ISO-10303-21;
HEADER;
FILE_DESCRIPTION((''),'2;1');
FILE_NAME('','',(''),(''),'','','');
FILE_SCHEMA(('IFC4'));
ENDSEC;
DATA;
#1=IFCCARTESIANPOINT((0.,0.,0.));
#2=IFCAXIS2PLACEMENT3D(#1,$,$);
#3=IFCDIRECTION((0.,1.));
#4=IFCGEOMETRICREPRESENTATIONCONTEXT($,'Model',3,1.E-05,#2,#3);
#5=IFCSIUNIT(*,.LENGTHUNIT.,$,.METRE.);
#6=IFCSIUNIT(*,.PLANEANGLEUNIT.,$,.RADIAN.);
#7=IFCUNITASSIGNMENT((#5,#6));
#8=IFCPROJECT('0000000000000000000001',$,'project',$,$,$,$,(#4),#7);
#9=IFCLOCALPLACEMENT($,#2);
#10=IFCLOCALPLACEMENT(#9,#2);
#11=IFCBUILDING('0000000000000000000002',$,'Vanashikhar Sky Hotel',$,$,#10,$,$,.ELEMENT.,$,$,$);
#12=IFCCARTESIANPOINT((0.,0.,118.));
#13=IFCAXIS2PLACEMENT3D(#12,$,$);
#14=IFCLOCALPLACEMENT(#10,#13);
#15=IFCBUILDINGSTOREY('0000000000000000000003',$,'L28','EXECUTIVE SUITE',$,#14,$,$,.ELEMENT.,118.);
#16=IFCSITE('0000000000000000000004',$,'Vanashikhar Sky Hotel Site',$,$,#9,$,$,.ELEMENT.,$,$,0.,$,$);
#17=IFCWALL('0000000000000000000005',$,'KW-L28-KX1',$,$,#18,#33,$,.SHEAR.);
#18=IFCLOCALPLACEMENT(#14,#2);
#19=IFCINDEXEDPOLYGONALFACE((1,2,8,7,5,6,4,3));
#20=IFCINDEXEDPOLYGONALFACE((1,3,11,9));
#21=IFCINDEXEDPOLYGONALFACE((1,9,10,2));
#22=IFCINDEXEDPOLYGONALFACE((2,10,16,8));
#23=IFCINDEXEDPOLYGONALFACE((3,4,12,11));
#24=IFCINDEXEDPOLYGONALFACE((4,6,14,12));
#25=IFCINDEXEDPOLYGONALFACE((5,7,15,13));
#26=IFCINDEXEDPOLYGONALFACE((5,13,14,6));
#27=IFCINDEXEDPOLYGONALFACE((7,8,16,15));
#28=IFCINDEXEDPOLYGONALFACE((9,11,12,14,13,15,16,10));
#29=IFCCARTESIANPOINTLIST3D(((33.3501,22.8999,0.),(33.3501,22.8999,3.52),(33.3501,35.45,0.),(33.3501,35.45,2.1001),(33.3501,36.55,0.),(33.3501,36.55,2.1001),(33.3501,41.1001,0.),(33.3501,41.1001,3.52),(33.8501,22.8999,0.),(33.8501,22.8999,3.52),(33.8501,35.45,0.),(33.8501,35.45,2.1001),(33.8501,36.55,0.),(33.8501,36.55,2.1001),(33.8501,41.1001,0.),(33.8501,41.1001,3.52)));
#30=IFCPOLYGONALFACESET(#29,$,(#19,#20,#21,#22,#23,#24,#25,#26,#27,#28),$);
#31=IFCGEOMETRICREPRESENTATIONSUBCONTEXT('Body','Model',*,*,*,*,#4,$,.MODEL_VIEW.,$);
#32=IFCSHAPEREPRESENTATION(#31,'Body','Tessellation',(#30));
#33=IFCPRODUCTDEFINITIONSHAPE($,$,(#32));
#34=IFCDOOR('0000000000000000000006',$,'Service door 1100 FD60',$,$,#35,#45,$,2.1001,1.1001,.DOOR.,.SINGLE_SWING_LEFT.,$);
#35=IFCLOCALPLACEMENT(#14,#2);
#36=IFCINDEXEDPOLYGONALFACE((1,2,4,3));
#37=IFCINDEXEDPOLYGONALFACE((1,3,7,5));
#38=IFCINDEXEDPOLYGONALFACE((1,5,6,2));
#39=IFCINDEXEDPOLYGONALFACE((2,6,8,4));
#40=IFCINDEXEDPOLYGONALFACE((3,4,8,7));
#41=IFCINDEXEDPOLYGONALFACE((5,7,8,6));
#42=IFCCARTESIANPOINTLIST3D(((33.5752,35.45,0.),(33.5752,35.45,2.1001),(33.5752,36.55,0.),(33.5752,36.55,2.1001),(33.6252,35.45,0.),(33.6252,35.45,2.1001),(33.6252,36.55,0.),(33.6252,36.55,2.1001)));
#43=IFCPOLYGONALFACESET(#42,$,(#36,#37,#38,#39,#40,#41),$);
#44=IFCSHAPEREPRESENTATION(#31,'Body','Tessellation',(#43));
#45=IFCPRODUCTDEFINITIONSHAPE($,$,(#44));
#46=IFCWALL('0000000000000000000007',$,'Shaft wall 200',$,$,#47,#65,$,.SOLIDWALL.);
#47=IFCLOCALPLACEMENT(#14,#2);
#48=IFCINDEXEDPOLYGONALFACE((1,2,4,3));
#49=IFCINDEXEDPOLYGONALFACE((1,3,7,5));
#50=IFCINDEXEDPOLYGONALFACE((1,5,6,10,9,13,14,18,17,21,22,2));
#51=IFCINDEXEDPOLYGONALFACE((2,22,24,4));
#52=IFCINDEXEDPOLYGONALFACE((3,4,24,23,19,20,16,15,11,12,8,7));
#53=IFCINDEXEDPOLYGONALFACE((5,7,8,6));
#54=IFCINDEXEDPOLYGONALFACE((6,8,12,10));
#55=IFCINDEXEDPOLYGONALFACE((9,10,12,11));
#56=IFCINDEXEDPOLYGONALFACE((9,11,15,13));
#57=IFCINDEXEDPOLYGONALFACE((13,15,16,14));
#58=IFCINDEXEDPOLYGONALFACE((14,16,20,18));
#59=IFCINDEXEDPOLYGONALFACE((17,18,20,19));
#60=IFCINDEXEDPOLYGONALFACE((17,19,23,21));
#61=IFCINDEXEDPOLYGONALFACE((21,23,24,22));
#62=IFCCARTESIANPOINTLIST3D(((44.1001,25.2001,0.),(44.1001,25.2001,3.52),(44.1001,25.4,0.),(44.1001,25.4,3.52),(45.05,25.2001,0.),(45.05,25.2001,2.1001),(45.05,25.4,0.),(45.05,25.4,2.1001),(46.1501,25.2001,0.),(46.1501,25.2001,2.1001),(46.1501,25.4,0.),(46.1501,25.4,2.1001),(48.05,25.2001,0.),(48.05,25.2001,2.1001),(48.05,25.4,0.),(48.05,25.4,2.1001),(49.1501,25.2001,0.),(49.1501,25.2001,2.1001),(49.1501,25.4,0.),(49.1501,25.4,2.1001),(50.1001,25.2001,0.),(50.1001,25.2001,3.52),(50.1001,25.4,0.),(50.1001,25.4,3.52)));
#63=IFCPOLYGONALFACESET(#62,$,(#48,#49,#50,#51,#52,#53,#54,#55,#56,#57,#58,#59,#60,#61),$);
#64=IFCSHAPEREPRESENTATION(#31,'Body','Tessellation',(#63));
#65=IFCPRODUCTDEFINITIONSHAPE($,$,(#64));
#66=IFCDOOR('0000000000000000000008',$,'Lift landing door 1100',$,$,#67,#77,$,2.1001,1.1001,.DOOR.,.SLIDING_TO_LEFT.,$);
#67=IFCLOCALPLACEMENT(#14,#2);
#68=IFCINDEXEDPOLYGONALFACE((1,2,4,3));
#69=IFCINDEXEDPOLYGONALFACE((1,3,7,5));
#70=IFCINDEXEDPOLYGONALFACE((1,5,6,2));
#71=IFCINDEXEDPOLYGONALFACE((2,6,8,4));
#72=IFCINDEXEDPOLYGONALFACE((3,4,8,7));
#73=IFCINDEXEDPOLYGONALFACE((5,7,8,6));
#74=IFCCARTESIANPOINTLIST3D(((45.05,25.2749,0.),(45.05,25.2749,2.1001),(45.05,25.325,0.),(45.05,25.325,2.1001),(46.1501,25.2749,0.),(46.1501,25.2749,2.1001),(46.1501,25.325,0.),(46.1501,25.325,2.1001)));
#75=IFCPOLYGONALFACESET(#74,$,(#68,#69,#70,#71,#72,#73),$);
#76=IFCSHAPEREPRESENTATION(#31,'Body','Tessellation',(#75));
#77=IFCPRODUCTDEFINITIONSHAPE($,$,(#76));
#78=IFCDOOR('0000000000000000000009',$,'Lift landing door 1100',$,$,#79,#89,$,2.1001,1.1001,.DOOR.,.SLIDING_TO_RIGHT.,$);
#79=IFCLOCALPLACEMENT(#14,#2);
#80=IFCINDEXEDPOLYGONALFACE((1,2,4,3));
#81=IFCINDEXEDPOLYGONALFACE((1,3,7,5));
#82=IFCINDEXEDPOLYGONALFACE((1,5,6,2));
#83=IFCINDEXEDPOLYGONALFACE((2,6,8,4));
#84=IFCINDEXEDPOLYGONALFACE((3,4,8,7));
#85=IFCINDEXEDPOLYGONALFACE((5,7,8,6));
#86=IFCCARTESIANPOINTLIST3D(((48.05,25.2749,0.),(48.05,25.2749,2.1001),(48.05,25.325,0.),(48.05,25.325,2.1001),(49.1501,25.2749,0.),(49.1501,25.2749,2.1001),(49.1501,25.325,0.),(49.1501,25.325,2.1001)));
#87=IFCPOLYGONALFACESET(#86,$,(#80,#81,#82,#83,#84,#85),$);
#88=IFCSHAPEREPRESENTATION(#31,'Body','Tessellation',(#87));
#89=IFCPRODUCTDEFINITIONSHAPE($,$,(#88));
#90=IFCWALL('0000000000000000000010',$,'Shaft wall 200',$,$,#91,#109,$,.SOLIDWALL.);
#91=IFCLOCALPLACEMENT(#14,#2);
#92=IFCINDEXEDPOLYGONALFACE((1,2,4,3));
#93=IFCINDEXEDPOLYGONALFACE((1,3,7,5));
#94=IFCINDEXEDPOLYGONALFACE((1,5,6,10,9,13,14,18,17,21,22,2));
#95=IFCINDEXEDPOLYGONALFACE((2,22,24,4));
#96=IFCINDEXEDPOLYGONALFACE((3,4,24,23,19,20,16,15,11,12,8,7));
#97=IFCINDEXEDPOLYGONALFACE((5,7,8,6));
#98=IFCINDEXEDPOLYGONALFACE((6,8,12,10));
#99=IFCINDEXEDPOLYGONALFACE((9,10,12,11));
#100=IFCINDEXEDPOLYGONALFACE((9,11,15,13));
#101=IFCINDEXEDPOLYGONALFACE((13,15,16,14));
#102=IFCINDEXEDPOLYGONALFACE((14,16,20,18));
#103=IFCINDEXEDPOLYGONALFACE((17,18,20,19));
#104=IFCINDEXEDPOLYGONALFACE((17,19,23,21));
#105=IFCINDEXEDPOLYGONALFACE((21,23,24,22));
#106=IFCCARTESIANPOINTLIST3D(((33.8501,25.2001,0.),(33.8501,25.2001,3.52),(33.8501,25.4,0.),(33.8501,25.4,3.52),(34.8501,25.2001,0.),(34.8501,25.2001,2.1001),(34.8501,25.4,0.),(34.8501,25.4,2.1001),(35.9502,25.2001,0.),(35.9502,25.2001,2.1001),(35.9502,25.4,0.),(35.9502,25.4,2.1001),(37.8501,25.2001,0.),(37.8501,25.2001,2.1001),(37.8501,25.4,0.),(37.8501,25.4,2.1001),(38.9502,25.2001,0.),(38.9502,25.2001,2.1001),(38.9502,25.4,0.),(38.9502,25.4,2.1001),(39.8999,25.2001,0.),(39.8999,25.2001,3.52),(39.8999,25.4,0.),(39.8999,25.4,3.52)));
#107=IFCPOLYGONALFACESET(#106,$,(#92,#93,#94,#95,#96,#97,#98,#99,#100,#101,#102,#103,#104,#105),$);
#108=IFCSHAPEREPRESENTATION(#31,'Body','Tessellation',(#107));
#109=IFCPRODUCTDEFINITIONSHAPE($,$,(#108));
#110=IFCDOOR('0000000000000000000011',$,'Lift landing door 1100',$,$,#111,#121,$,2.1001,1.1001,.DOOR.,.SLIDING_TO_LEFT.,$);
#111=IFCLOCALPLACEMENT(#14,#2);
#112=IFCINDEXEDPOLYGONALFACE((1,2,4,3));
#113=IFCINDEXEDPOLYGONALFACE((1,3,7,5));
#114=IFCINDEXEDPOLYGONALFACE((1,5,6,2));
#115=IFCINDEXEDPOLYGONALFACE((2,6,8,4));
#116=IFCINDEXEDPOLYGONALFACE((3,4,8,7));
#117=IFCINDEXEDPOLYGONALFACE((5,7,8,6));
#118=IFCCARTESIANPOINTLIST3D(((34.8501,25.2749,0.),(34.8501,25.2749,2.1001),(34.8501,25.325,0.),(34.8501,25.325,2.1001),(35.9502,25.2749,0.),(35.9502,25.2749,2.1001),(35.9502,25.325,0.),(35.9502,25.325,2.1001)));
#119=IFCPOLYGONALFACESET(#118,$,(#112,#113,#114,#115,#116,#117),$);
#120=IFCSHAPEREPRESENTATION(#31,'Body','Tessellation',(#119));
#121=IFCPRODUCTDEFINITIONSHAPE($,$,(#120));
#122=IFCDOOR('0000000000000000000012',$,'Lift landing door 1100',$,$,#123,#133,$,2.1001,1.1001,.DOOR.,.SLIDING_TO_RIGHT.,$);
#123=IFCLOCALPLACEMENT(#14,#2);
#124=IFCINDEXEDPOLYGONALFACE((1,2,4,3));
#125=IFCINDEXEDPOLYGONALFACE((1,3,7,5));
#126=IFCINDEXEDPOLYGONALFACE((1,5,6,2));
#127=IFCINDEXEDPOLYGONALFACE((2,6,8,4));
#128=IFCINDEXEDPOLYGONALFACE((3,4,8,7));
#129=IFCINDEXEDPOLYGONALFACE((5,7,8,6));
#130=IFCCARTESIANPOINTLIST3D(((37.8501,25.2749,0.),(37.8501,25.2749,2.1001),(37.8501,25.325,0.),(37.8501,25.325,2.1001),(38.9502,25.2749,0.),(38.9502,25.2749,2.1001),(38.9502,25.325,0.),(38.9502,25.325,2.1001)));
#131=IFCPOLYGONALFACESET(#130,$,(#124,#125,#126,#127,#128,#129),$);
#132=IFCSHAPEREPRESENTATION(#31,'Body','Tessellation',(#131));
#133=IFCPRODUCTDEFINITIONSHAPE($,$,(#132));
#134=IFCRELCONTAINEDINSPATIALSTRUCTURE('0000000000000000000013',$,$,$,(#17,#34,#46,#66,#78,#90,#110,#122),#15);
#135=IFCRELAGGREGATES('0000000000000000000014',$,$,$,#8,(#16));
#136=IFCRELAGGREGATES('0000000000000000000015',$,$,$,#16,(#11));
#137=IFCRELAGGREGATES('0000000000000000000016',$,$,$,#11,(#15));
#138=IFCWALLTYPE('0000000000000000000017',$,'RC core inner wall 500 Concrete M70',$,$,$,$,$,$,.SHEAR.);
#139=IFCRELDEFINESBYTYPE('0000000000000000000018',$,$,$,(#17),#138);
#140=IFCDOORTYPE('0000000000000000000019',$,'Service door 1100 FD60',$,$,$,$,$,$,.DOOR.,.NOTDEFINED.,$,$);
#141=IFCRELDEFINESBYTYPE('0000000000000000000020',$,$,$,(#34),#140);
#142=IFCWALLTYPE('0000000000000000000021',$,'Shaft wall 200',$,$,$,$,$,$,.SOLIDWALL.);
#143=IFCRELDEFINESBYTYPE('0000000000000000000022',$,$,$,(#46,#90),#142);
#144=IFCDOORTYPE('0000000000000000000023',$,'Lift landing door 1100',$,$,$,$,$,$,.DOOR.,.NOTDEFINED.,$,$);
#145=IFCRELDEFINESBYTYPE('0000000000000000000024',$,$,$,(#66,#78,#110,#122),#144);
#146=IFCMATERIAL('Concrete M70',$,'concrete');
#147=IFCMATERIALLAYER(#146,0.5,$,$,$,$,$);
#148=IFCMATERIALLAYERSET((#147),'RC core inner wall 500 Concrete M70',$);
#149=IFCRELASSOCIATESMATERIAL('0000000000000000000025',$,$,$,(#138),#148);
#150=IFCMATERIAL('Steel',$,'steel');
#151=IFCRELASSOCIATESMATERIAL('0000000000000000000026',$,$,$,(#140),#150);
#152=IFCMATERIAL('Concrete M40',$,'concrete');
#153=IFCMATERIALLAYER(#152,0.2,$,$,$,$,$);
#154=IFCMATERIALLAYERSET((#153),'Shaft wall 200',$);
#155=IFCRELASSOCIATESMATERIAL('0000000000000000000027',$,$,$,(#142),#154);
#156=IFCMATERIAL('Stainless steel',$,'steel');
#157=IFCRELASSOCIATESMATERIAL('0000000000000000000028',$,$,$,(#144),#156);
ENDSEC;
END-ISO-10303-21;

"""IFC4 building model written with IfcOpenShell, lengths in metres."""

from ifc_helpers import new_model, si_unit, direction, frame, frame_2d, origin, place, context, subcontext, project, spatial, rectangle, extrude, source, transform, mapped, material, layer, layer_set, type_object, element, fill, save


model = new_model("IFC4")

# Units and contexts
model_context = context("Model", 3, precision=1e-05, world=origin(), true_north=direction((0.0, 1.0)))
body_context = subcontext(model_context, "Body", "Model", "MODEL_VIEW")
ifc_project = project(units=[si_unit("LENGTHUNIT", "METRE"), si_unit("PLANEANGLEUNIT", "RADIAN")], contexts=[model_context])

# Site, building, storey
site_placement = place(None, origin())
site = spatial("IfcSite", under=ifc_project, at=site_placement, Name="Vanashikhar Sky Hotel Site", CompositionType="ELEMENT", RefElevation=0.0)
building_placement = place(site_placement, origin())
building = spatial("IfcBuilding", under=site, at=building_placement, Name="Vanashikhar Sky Hotel", CompositionType="ELEMENT")
storey_placement = place(building_placement, frame((0.0, 0.0, 118.0)))
storey = spatial("IfcBuildingStorey", under=building, at=storey_placement, Name="L28", Description="EXECUTIVE SUITE", CompositionType="ELEMENT", Elevation=118.0)

# Wall, opening, door
ifc_material_1 = material(Name="Concrete M70", Category="concrete")
ifc_layer_1 = layer(ifc_material_1, 0.5)
ifc_layer_set_1 = layer_set([ifc_layer_1], Name="RC core inner wall 500 Concrete M70")
wall_type_1 = type_object("IfcWallType", Name="RC core inner wall 500 Concrete M70", PredefinedType="SHEAR", material=ifc_layer_set_1)
shared_shape_1 = source(origin(), body_context, "Body", "SweptSolid", [
    extrude(rectangle(XDim=18.2002, YDim=0.5, at=frame_2d((9.1001, 0.0))), origin(), (0.0, 0.0, 1.0), 3.52),
])
wall_1_placement = place(storey_placement, frame((33.6001, 22.8999, 0.0), z_axis=(0.0, 0.0, 1.0), x_axis=(0.0, 1.0, 0.0)))
wall_1 = element("IfcWall", 1, at=wall_1_placement, inside=storey, type_object=wall_type_1, Name="KW-L28-KX1", PredefinedType="SHEAR", context=body_context, shape_type="MappedRepresentation", body=[
    mapped(shared_shape_1, transform((0.0, 0.0, 0.0), scale=1.0)),
])
shared_shape_2 = source(origin(), body_context, "Body", "SweptSolid", [
    extrude(rectangle(XDim=1.1001, YDim=2.1001, at=frame_2d((0.55, 1.05))), frame((0.0, 0.26, 0.0), z_axis=(0.0, -1.0, 0.0), x_axis=(1.0, 0.0, 0.0)), (0.0, 0.0, 1.0), 0.52),
])
opening_1_placement = place(wall_1_placement, frame((12.55, 0.0, 0.0)))
opening_1 = element("IfcOpeningElement", 2, at=opening_1_placement, cuts=wall_1, PredefinedType="OPENING", context=body_context, shape_type="MappedRepresentation", body=[
    mapped(shared_shape_2, transform((0.0, 0.0, 0.0), scale=1.0)),
])
ifc_material_2 = material(Name="Steel", Category="steel")
door_type_1 = type_object("IfcDoorType", Name="Service door 1100 FD60", OperationType="NOTDEFINED", PredefinedType="DOOR", material=ifc_material_2)
shared_shape_3 = source(origin(), body_context, "Body", "SweptSolid", [
    extrude(rectangle(XDim=1.1001, YDim=2.1001, at=frame_2d((0.55, 1.05))), frame((0.0, 0.0249, 0.0), z_axis=(0.0, -1.0, 0.0), x_axis=(1.0, 0.0, 0.0)), (0.0, 0.0, 1.0), 0.05),
])
door_1_placement = place(opening_1_placement, origin())
door_1 = element("IfcDoor", 3, at=door_1_placement, inside=storey, type_object=door_type_1, Name="Service door 1100 FD60", OperationType="SINGLE_SWING_LEFT", OverallHeight=2.1001, OverallWidth=1.1001, PredefinedType="DOOR", context=body_context, shape_type="MappedRepresentation", body=[
    mapped(shared_shape_3, transform((0.0, 0.0, 0.0), scale=1.0)),
])
fill(opening_1, door_1)

# Walls, openings, doors
ifc_material_3 = material(Name="Concrete M40", Category="concrete")
ifc_layer_2 = layer(ifc_material_3, 0.2)
ifc_layer_set_2 = layer_set([ifc_layer_2], Name="Shaft wall 200")
wall_type_2 = type_object("IfcWallType", Name="Shaft wall 200", PredefinedType="SOLIDWALL", material=ifc_layer_set_2)
shared_shape_4 = source(origin(), body_context, "Body", "SweptSolid", [
    extrude(rectangle(XDim=6.0, YDim=0.2, at=frame_2d((3.0, 0.0))), origin(), (0.0, 0.0, 1.0), 3.52),
])
wall_2_placement = place(storey_placement, frame((44.1001, 25.3, 0.0), z_axis=(0.0, 0.0, 1.0), x_axis=(1.0, 0.0, 0.0)))
wall_2 = element("IfcWall", 4, at=wall_2_placement, inside=storey, type_object=wall_type_2, Name="Shaft wall 200", PredefinedType="SOLIDWALL", context=body_context, shape_type="MappedRepresentation", body=[
    mapped(shared_shape_4, transform((0.0, 0.0, 0.0), scale=1.0)),
])
shared_shape_5 = source(origin(), body_context, "Body", "SweptSolid", [
    extrude(rectangle(XDim=1.1001, YDim=2.1001, at=frame_2d((0.55, 1.05))), frame((0.0, 0.1099, 0.0), z_axis=(0.0, -1.0, 0.0), x_axis=(1.0, 0.0, 0.0)), (0.0, 0.0, 1.0), 0.22),
])
opening_2_placement = place(wall_2_placement, frame((0.95, 0.0, 0.0)))
opening_2 = element("IfcOpeningElement", 5, at=opening_2_placement, cuts=wall_2, PredefinedType="OPENING", context=body_context, shape_type="MappedRepresentation", body=[
    mapped(shared_shape_5, transform((0.0, 0.0, 0.0), scale=1.0)),
])
opening_3_placement = place(wall_2_placement, frame((3.95, 0.0, 0.0)))
opening_3 = element("IfcOpeningElement", 6, at=opening_3_placement, cuts=wall_2, PredefinedType="OPENING", context=body_context, shape_type="MappedRepresentation", body=[
    mapped(shared_shape_5, transform((0.0, 0.0, 0.0), scale=1.0)),
])
ifc_material_4 = material(Name="Stainless steel", Category="steel")
door_type_2 = type_object("IfcDoorType", Name="Lift landing door 1100", OperationType="NOTDEFINED", PredefinedType="DOOR", material=ifc_material_4)
door_2_placement = place(opening_2_placement, origin())
door_2 = element("IfcDoor", 7, at=door_2_placement, inside=storey, type_object=door_type_2, Name="Lift landing door 1100", OperationType="SLIDING_TO_LEFT", OverallHeight=2.1001, OverallWidth=1.1001, PredefinedType="DOOR", context=body_context, shape_type="MappedRepresentation", body=[
    mapped(shared_shape_3, transform((0.0, 0.0, 0.0), scale=1.0)),
])
fill(opening_2, door_2)
door_3_placement = place(opening_3_placement, origin())
door_3 = element("IfcDoor", 8, at=door_3_placement, inside=storey, type_object=door_type_2, Name="Lift landing door 1100", OperationType="SLIDING_TO_RIGHT", OverallHeight=2.1001, OverallWidth=1.1001, PredefinedType="DOOR", context=body_context, shape_type="MappedRepresentation", body=[
    mapped(shared_shape_3, transform((0.0, 0.0, 0.0), scale=1.0)),
])
fill(opening_3, door_3)
shared_shape_6 = source(origin(), body_context, "Body", "SweptSolid", [
    extrude(rectangle(XDim=6.0498, YDim=0.2, at=frame_2d((3.0249, 0.0))), origin(), (0.0, 0.0, 1.0), 3.52),
])
wall_3_placement = place(storey_placement, frame((33.8501, 25.3, 0.0), z_axis=(0.0, 0.0, 1.0), x_axis=(1.0, 0.0, 0.0)))
wall_3 = element("IfcWall", 9, at=wall_3_placement, inside=storey, type_object=wall_type_2, Name="Shaft wall 200", PredefinedType="SOLIDWALL", context=body_context, shape_type="MappedRepresentation", body=[
    mapped(shared_shape_6, transform((0.0, 0.0, 0.0), scale=1.0)),
])
opening_4_placement = place(wall_3_placement, frame((1.0, 0.0, 0.0)))
opening_4 = element("IfcOpeningElement", 10, at=opening_4_placement, cuts=wall_3, PredefinedType="OPENING", context=body_context, shape_type="MappedRepresentation", body=[
    mapped(shared_shape_5, transform((0.0, 0.0, 0.0), scale=1.0)),
])
opening_5_placement = place(wall_3_placement, frame((4.0, 0.0, 0.0)))
opening_5 = element("IfcOpeningElement", 11, at=opening_5_placement, cuts=wall_3, PredefinedType="OPENING", context=body_context, shape_type="MappedRepresentation", body=[
    mapped(shared_shape_5, transform((0.0, 0.0, 0.0), scale=1.0)),
])
door_4_placement = place(opening_4_placement, origin())
door_4 = element("IfcDoor", 12, at=door_4_placement, inside=storey, type_object=door_type_2, Name="Lift landing door 1100", OperationType="SLIDING_TO_LEFT", OverallHeight=2.1001, OverallWidth=1.1001, PredefinedType="DOOR", context=body_context, shape_type="MappedRepresentation", body=[
    mapped(shared_shape_3, transform((0.0, 0.0, 0.0), scale=1.0)),
])
fill(opening_4, door_4)
door_5_placement = place(opening_5_placement, origin())
door_5 = element("IfcDoor", 13, at=door_5_placement, inside=storey, type_object=door_type_2, Name="Lift landing door 1100", OperationType="SLIDING_TO_RIGHT", OverallHeight=2.1001, OverallWidth=1.1001, PredefinedType="DOOR", context=body_context, shape_type="MappedRepresentation", body=[
    mapped(shared_shape_3, transform((0.0, 0.0, 0.0), scale=1.0)),
])
fill(opening_5, door_5)

save(model, "model.ifc")
